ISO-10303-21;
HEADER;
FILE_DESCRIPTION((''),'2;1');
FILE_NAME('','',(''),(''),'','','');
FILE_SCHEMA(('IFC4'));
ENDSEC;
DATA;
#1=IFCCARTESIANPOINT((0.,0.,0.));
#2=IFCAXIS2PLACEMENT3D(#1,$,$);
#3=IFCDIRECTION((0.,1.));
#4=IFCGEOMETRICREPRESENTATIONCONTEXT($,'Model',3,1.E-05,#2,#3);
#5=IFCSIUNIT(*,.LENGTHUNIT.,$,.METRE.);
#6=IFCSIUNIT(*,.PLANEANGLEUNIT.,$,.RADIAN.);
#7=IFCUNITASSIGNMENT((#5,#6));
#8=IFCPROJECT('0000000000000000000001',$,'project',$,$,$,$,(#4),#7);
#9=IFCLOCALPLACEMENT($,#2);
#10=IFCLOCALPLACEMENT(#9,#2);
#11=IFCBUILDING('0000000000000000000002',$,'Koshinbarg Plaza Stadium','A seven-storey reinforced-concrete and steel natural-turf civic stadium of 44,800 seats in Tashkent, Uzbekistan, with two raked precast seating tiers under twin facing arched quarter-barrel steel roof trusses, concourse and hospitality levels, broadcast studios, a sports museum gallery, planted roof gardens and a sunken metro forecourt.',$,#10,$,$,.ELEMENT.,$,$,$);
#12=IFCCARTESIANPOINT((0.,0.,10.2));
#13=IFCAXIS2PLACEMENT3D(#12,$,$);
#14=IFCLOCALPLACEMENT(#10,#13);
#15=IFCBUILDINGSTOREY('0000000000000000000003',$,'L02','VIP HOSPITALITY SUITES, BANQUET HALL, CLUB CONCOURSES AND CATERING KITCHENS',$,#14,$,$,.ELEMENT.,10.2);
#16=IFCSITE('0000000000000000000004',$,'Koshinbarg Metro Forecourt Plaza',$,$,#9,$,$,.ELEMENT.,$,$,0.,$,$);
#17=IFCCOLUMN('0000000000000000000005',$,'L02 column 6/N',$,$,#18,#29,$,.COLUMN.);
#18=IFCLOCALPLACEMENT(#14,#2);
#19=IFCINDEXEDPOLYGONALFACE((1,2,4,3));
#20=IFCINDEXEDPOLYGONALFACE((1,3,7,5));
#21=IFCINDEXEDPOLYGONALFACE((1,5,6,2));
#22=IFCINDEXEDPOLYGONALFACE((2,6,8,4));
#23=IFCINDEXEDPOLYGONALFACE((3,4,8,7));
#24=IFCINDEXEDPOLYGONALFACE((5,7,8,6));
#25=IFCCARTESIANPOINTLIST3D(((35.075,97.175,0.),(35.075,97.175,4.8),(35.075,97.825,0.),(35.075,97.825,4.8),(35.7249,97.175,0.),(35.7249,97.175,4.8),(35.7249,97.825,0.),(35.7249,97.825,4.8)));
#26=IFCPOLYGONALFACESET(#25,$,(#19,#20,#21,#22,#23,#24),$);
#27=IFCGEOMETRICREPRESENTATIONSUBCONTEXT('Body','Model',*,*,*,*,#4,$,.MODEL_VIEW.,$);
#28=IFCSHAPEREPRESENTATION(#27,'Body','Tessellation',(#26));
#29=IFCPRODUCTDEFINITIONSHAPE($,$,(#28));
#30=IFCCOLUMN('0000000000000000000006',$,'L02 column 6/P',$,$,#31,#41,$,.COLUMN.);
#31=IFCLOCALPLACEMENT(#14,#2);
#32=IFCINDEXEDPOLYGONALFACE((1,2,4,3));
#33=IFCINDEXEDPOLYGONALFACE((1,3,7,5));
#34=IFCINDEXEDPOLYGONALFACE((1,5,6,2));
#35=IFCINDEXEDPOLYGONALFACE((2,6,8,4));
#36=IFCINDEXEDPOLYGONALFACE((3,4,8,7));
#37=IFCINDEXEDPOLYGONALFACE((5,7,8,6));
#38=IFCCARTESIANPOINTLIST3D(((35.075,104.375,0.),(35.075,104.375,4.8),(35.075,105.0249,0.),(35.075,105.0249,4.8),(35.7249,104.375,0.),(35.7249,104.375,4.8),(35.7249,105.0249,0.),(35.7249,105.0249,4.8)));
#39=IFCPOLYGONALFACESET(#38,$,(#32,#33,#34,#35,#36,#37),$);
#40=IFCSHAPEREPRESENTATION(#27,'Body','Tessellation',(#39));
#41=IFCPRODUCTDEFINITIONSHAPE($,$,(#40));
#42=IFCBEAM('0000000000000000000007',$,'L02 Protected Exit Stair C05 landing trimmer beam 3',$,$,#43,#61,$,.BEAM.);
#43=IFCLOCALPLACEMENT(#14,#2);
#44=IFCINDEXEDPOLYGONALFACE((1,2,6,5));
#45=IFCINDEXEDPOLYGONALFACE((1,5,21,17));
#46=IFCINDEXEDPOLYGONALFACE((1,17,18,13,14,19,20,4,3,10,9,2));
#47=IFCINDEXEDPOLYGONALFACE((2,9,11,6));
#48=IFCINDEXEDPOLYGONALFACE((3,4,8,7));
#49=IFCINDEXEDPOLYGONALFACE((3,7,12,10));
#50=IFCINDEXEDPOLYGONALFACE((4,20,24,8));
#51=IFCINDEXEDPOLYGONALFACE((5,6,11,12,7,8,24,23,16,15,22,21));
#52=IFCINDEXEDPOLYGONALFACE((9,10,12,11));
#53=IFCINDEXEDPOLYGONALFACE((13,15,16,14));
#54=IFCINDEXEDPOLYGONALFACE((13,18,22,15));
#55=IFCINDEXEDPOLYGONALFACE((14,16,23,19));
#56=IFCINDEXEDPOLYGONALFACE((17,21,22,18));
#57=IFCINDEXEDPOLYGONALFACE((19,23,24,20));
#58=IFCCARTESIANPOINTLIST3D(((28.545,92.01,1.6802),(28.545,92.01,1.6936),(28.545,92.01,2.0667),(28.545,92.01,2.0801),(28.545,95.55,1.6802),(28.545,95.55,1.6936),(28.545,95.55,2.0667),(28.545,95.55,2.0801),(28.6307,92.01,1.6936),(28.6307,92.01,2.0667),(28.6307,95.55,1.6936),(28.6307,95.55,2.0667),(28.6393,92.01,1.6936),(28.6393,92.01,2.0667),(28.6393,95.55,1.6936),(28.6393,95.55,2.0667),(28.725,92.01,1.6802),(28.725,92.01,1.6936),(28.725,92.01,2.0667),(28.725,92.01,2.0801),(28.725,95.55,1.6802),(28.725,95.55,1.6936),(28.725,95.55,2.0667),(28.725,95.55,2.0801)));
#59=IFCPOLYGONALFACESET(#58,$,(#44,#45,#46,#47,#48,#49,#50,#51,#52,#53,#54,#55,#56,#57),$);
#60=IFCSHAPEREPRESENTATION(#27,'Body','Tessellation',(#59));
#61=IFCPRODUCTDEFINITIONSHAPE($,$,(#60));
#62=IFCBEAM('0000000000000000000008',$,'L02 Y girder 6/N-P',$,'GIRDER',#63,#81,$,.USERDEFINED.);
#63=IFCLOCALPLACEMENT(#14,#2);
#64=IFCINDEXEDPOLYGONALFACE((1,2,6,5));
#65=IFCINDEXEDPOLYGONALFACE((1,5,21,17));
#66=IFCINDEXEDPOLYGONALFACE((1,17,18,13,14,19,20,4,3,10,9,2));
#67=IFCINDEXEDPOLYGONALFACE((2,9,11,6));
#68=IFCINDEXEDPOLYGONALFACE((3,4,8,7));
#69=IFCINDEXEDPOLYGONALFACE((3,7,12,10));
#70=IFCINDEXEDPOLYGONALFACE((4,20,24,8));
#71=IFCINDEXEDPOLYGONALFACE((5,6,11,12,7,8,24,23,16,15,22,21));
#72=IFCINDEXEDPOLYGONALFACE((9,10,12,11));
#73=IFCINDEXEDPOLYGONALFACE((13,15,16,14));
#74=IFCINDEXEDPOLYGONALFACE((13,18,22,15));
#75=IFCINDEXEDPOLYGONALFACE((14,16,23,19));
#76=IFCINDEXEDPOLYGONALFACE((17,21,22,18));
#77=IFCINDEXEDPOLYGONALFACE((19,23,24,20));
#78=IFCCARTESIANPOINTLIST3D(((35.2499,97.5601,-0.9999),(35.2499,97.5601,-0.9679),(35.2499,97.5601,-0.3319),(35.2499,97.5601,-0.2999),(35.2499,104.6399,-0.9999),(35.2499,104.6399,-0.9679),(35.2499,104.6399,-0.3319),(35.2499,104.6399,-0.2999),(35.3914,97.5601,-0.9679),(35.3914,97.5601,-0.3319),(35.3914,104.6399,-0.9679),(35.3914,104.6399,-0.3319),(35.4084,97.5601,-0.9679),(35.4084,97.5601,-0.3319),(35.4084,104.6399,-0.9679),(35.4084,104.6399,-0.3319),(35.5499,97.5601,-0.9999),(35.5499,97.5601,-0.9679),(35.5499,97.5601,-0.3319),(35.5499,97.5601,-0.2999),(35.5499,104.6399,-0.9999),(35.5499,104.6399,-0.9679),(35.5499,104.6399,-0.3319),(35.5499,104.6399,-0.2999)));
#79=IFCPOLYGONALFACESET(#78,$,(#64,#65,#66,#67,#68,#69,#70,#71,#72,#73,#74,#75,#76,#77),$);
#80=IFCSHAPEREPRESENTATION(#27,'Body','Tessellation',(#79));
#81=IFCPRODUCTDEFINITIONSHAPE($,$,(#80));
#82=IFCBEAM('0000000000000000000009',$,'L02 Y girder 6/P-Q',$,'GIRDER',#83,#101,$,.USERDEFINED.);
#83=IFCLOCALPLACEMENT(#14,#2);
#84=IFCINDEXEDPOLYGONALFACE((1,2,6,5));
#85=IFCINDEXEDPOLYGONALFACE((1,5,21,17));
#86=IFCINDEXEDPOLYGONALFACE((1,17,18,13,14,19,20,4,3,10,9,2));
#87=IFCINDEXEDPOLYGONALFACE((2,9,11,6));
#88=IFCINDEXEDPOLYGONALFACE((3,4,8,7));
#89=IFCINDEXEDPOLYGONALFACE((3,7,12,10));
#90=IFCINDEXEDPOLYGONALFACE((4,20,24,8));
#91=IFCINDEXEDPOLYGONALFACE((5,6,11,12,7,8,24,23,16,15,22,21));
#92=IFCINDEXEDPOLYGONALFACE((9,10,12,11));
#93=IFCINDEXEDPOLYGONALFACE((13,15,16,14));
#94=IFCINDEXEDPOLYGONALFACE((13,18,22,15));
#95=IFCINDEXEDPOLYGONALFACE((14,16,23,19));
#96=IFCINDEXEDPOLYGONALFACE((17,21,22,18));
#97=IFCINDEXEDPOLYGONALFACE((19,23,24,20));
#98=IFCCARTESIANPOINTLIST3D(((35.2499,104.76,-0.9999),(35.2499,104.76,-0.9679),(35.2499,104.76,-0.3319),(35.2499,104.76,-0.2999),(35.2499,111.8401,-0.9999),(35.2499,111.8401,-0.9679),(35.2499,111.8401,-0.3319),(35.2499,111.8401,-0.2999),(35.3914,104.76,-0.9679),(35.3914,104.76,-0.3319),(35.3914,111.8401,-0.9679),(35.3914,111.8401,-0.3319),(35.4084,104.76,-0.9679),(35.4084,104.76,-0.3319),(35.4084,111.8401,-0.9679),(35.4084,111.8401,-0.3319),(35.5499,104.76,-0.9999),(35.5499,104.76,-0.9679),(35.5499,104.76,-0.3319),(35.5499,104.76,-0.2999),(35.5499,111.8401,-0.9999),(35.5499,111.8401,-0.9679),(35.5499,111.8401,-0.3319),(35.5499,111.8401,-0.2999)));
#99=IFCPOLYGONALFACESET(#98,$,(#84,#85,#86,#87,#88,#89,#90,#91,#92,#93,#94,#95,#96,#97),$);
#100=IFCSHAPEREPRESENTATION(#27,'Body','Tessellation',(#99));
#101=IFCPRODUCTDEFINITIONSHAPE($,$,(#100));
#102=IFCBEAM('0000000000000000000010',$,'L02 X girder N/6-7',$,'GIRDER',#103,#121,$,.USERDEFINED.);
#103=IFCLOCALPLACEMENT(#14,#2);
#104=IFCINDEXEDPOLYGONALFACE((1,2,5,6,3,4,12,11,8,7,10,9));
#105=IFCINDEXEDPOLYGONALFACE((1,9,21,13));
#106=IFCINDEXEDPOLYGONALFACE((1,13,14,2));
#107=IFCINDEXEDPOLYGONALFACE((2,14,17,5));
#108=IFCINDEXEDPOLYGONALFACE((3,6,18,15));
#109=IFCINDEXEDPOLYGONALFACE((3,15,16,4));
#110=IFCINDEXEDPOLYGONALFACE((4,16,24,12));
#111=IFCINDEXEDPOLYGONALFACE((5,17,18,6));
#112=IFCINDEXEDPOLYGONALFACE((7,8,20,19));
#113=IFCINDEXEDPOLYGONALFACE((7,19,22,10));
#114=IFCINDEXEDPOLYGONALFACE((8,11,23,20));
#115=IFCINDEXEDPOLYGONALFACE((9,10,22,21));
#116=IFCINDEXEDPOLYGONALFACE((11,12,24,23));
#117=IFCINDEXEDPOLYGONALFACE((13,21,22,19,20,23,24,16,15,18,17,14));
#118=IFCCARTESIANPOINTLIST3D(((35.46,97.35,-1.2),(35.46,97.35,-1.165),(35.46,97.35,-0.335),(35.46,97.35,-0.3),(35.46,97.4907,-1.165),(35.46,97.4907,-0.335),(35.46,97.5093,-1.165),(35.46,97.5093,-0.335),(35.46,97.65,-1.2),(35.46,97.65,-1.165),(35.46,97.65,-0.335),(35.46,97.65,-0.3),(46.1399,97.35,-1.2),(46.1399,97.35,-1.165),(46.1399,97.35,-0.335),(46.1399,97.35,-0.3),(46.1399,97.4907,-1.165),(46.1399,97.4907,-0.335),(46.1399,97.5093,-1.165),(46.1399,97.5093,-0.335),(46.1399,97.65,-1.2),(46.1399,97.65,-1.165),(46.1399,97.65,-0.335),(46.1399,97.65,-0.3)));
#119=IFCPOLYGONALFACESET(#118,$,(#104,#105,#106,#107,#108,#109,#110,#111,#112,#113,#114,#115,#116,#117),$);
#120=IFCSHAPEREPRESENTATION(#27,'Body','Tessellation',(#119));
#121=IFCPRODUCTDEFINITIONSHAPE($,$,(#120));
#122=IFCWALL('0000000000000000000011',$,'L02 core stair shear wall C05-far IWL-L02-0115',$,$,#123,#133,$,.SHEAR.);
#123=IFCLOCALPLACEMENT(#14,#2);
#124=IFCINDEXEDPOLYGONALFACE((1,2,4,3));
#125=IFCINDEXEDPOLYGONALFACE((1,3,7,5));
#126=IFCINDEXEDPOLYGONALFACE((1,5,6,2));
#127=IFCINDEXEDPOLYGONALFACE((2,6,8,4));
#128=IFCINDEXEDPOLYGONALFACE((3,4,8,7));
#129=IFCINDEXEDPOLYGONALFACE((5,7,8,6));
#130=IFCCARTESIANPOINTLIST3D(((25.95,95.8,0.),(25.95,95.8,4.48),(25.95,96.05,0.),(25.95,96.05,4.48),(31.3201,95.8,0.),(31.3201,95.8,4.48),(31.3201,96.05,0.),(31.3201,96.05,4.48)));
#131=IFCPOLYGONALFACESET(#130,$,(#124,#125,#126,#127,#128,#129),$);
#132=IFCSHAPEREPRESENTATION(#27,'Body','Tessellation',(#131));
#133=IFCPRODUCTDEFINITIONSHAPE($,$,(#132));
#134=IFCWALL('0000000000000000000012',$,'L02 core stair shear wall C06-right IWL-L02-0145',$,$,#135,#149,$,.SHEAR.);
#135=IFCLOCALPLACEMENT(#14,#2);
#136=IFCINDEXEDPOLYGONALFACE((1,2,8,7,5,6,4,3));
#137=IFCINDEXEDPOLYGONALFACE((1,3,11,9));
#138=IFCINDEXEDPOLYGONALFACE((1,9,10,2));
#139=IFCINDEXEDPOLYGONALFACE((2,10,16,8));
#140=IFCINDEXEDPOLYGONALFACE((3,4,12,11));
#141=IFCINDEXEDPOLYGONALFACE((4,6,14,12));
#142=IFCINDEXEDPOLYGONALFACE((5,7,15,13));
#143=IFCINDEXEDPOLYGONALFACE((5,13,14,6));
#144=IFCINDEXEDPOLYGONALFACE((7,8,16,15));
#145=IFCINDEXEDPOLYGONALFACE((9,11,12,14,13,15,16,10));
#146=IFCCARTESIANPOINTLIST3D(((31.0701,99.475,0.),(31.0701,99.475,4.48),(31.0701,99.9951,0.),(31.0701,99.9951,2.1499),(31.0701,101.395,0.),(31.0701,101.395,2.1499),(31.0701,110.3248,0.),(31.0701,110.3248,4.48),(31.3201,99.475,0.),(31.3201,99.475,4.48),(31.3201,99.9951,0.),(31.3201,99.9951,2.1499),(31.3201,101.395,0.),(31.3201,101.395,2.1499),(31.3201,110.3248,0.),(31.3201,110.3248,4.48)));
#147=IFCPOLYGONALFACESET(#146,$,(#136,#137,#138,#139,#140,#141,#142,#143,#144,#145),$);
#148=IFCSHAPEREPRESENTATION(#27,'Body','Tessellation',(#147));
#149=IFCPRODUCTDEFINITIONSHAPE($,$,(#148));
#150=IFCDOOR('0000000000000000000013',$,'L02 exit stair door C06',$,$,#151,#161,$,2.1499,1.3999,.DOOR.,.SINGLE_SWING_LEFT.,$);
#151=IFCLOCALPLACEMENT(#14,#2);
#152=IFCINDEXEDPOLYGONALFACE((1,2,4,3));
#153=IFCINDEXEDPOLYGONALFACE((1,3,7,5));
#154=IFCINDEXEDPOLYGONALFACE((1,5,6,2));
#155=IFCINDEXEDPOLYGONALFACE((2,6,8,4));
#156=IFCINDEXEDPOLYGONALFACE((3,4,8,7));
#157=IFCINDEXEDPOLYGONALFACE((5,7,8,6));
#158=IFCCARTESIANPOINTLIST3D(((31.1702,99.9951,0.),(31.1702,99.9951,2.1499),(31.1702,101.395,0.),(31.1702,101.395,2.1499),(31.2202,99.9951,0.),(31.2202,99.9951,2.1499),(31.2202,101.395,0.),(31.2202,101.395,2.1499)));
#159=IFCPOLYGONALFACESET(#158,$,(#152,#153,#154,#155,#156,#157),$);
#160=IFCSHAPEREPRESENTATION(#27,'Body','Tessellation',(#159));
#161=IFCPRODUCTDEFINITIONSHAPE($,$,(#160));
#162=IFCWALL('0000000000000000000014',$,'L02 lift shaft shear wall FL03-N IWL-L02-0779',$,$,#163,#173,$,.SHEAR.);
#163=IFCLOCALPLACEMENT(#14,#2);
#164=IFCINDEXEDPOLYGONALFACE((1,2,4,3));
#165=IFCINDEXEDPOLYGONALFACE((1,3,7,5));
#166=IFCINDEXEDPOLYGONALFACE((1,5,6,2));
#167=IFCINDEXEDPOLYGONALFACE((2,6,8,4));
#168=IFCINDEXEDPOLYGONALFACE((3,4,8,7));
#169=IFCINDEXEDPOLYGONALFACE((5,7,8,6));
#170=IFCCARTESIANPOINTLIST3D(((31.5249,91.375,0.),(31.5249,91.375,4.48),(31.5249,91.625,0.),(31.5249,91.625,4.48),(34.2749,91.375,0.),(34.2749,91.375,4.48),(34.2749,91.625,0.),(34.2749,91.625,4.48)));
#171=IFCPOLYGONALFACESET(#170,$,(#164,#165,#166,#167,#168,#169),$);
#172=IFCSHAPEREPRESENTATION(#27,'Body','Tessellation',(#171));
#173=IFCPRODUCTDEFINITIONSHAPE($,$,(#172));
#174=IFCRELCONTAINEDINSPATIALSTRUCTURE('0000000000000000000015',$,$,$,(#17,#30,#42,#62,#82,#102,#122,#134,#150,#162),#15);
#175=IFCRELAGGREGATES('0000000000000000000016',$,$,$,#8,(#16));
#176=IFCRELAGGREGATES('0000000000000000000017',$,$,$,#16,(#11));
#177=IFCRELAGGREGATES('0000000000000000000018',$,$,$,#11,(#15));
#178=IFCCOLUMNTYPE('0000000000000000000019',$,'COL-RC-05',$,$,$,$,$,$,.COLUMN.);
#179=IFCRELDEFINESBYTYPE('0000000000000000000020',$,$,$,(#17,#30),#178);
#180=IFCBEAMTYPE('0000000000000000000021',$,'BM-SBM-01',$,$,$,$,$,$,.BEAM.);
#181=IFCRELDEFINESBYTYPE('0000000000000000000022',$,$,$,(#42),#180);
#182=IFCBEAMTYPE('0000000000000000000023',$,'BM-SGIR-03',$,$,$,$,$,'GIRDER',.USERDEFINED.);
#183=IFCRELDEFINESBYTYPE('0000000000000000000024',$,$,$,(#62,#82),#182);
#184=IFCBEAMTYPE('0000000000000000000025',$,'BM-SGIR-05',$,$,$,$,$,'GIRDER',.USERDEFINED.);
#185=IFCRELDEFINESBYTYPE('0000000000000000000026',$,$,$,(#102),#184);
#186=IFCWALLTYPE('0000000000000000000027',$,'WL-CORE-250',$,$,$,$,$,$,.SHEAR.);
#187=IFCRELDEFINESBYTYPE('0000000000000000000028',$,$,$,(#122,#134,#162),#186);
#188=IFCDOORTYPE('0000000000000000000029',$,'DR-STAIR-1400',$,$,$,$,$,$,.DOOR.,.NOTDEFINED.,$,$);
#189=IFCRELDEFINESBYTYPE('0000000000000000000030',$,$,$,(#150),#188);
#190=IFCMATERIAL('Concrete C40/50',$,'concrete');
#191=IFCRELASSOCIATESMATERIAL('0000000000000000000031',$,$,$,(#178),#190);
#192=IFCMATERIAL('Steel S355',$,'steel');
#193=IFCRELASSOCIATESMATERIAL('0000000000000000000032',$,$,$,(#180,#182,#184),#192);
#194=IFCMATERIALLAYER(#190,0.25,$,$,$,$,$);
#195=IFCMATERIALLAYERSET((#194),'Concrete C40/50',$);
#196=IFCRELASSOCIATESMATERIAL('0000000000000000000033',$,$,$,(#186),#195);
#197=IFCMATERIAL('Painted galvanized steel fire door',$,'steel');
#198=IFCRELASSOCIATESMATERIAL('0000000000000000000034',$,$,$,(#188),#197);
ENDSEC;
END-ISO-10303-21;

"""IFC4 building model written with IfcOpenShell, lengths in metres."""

from ifc_helpers import new_model, si_unit, direction, frame, frame_2d, origin, origin_2d, place, context, subcontext, project, spatial, rectangle, i_section, extrude, material, layer, layer_set, material_profile, profile_set, type_object, element, fill, save


model = new_model("IFC4")

# Units and contexts
model_context = context("Model", 3, precision=1e-05, world=origin(), true_north=direction((0.0, 1.0)))
body_context = subcontext(model_context, "Body", "Model", "MODEL_VIEW")
ifc_project = project(units=[si_unit("LENGTHUNIT", "METRE"), si_unit("PLANEANGLEUNIT", "RADIAN")], contexts=[model_context])

# Site, building, storey
site_placement = place(None, origin())
site = spatial("IfcSite", under=ifc_project, at=site_placement, Name="Koshinbarg Metro Forecourt Plaza", CompositionType="ELEMENT", RefElevation=0.0)
building_placement = place(site_placement, origin())
building = spatial("IfcBuilding", under=site, at=building_placement, Name="Koshinbarg Plaza Stadium", Description="A seven-storey reinforced-concrete and steel natural-turf civic stadium of 44,800 seats in Tashkent, Uzbekistan, with two raked precast seating tiers under twin facing arched quarter-barrel steel roof trusses, concourse and hospitality levels, broadcast studios, a sports museum gallery, planted roof gardens and a sunken metro forecourt.", CompositionType="ELEMENT")
storey_placement = place(building_placement, frame((0.0, 0.0, 10.2)))
storey = spatial("IfcBuildingStorey", under=building, at=storey_placement, Name="L02", Description="VIP HOSPITALITY SUITES, BANQUET HALL, CLUB CONCOURSES AND CATERING KITCHENS", CompositionType="ELEMENT", Elevation=10.2)

# Columns
ifc_material_1 = material(Name="Concrete C40/50", Category="concrete")
ifc_material_profile_1 = material_profile(ifc_material_1, rectangle(XDim=0.6499, YDim=0.6499, at=origin_2d()), Name="RC 650x650")
ifc_profile_set_1 = profile_set([ifc_material_profile_1], Name="Concrete C40/50")
column_type = type_object("IfcColumnType", Name="COL-RC-05", PredefinedType="COLUMN", material=ifc_profile_set_1)
for number, where, z_axis, x_axis, name in (
    (1, (35.3999, 97.5, 0.0), (0.0, 0.0, 1.0), (1.0, 0.0, 0.0), "L02 column 6/N"),
    (2, (35.3999, 104.7, 0.0), (0.0, 0.0, 1.0), (1.0, 0.0, 0.0), "L02 column 6/P"),
):
    element("IfcColumn", number, at=place(storey_placement, frame(where, z_axis=z_axis, x_axis=x_axis)), inside=storey, type_object=column_type, Name=name, PredefinedType="COLUMN", context=body_context, shape_type="SweptSolid", body=[
        extrude(rectangle(XDim=0.6499, YDim=0.6499, at=origin_2d()), origin(), (0.0, 0.0, 1.0), 4.8),
    ])

# Beams
ifc_material_2 = material(Name="Steel S355", Category="steel")
ifc_material_profile_2 = material_profile(ifc_material_2, i_section(OverallWidth=0.1799, OverallDepth=0.3999, WebThickness=0.0085, FlangeThickness=0.0134, at=origin_2d()), Name="IPE 400")
ifc_profile_set_2 = profile_set([ifc_material_profile_2], Name="Steel S355")
beam_type_1 = type_object("IfcBeamType", Name="BM-SBM-01", PredefinedType="BEAM", material=ifc_profile_set_2)
beam_1_placement = place(storey_placement, frame((28.635, 92.01, 1.8801), z_axis=(0.0, 1.0, 0.0), x_axis=(-1.0, 0.0, 0.0)))
element("IfcBeam", 3, at=beam_1_placement, inside=storey, type_object=beam_type_1, Name="L02 Protected Exit Stair C05 landing trimmer beam 3", PredefinedType="BEAM", context=body_context, shape_type="SweptSolid", body=[
    extrude(i_section(OverallWidth=0.1799, OverallDepth=0.3999, WebThickness=0.0085, FlangeThickness=0.0134, at=origin_2d()), origin(), (0.0, 0.0, 1.0), 3.54),
])
ifc_material_profile_3 = material_profile(ifc_material_2, i_section(OverallWidth=0.3, OverallDepth=0.7, WebThickness=0.0171, FlangeThickness=0.032, at=origin_2d()), Name="HEB 700")
ifc_profile_set_3 = profile_set([ifc_material_profile_3], Name="Steel S355")
beam_type_2 = type_object("IfcBeamType", Name="BM-SGIR-03", ElementType="GIRDER", PredefinedType="USERDEFINED", material=ifc_profile_set_3)
beam_2_placement = place(storey_placement, frame((35.3999, 97.5601, -0.6499), z_axis=(0.0, 1.0, 0.0), x_axis=(-1.0, 0.0, 0.0)))
element("IfcBeam", 4, at=beam_2_placement, inside=storey, type_object=beam_type_2, Name="L02 Y girder 6/N-P", ObjectType="GIRDER", PredefinedType="USERDEFINED", context=body_context, shape_type="SweptSolid", body=[
    extrude(i_section(OverallWidth=0.3, OverallDepth=0.7, WebThickness=0.0171, FlangeThickness=0.032, at=origin_2d()), origin(), (0.0, 0.0, 1.0), 7.0798),
])
beam_3_placement = place(storey_placement, frame((35.3999, 104.76, -0.6499), z_axis=(0.0, 1.0, 0.0), x_axis=(-1.0, 0.0, 0.0)))
element("IfcBeam", 5, at=beam_3_placement, inside=storey, type_object=beam_type_2, Name="L02 Y girder 6/P-Q", ObjectType="GIRDER", PredefinedType="USERDEFINED", context=body_context, shape_type="SweptSolid", body=[
    extrude(i_section(OverallWidth=0.3, OverallDepth=0.7, WebThickness=0.0171, FlangeThickness=0.032, at=origin_2d()), origin(), (0.0, 0.0, 1.0), 7.0801),
])
ifc_material_profile_4 = material_profile(ifc_material_2, i_section(OverallWidth=0.3, OverallDepth=0.8999, WebThickness=0.0186, FlangeThickness=0.0349, at=origin_2d()), Name="HEB 900")
ifc_profile_set_4 = profile_set([ifc_material_profile_4], Name="Steel S355")
beam_type_3 = type_object("IfcBeamType", Name="BM-SGIR-05", ElementType="GIRDER", PredefinedType="USERDEFINED", material=ifc_profile_set_4)
beam_4_placement = place(storey_placement, frame((35.46, 97.5, -0.75), z_axis=(1.0, 0.0, 0.0), x_axis=(0.0, 1.0, 0.0)))
element("IfcBeam", 6, at=beam_4_placement, inside=storey, type_object=beam_type_3, Name="L02 X girder N/6-7", ObjectType="GIRDER", PredefinedType="USERDEFINED", context=body_context, shape_type="SweptSolid", body=[
    extrude(i_section(OverallWidth=0.3, OverallDepth=0.8999, WebThickness=0.0186, FlangeThickness=0.0349, at=origin_2d()), origin(), (0.0, 0.0, 1.0), 10.6799),
])

# Wall
ifc_layer_1 = layer(ifc_material_1, 0.25)
ifc_layer_set_1 = layer_set([ifc_layer_1], Name="Concrete C40/50")
wall_type_1 = type_object("IfcWallType", Name="WL-CORE-250", PredefinedType="SHEAR", material=ifc_layer_set_1)
wall_1_placement = place(storey_placement, frame((31.3201, 95.925, 0.0), z_axis=(0.0, 0.0, 1.0), x_axis=(-1.0, 0.0, 0.0)))
element("IfcWall", 7, at=wall_1_placement, inside=storey, type_object=wall_type_1, Name="L02 core stair shear wall C05-far IWL-L02-0115", PredefinedType="SHEAR", context=body_context, shape_type="SweptSolid", body=[
    extrude(rectangle(XDim=5.3701, YDim=0.25, at=frame_2d((2.6851, 0.0))), origin(), (0.0, 0.0, 1.0), 4.48),
])

# Wall, opening, door
wall_2_placement = place(storey_placement, frame((31.1951, 99.4751, 0.0), z_axis=(0.0, 0.0, 1.0), x_axis=(0.0, 1.0, 0.0)))
wall_2 = element("IfcWall", 8, at=wall_2_placement, inside=storey, type_object=wall_type_1, Name="L02 core stair shear wall C06-right IWL-L02-0145", PredefinedType="SHEAR", context=body_context, shape_type="SweptSolid", body=[
    extrude(rectangle(XDim=10.8499, YDim=0.25, at=frame_2d((5.4248, 0.0))), origin(), (0.0, 0.0, 1.0), 4.48),
])
opening_1_placement = place(wall_2_placement, frame((0.52, 0.0, 0.0)))
opening_1 = element("IfcOpeningElement", 9, at=opening_1_placement, cuts=wall_2, PredefinedType="OPENING", context=body_context, shape_type="SweptSolid", body=[
    extrude(rectangle(XDim=1.3999, YDim=2.1499, at=frame_2d((0.7, 1.075))), frame((0.0, 0.135, 0.0), z_axis=(0.0, -1.0, 0.0), x_axis=(1.0, 0.0, 0.0)), (0.0, 0.0, 1.0), 0.27),
])
ifc_material_3 = material(Name="Painted galvanized steel fire door", Category="steel")
door_type_1 = type_object("IfcDoorType", Name="DR-STAIR-1400", OperationType="NOTDEFINED", PredefinedType="DOOR", material=ifc_material_3)
door_1_placement = place(opening_1_placement, origin())
door_1 = element("IfcDoor", 10, at=door_1_placement, inside=storey, type_object=door_type_1, Name="L02 exit stair door C06", OperationType="SINGLE_SWING_LEFT", OverallHeight=2.1499, OverallWidth=1.3999, PredefinedType="DOOR", context=body_context, shape_type="SweptSolid", body=[
    extrude(rectangle(XDim=1.3999, YDim=2.1499, at=frame_2d((0.7, 1.075))), frame((0.0, 0.0249, 0.0), z_axis=(0.0, -1.0, 0.0), x_axis=(1.0, 0.0, 0.0)), (0.0, 0.0, 1.0), 0.05),
])
fill(opening_1, door_1)

# Wall
wall_3_placement = place(storey_placement, frame((34.2749, 91.5, 0.0), z_axis=(0.0, 0.0, 1.0), x_axis=(-1.0, 0.0, 0.0)))
element("IfcWall", 11, at=wall_3_placement, inside=storey, type_object=wall_type_1, Name="L02 lift shaft shear wall FL03-N IWL-L02-0779", PredefinedType="SHEAR", context=body_context, shape_type="SweptSolid", body=[
    extrude(rectangle(XDim=2.75, YDim=0.25, at=frame_2d((1.375, 0.0))), origin(), (0.0, 0.0, 1.0), 4.48),
])

save(model, "model.ifc")
